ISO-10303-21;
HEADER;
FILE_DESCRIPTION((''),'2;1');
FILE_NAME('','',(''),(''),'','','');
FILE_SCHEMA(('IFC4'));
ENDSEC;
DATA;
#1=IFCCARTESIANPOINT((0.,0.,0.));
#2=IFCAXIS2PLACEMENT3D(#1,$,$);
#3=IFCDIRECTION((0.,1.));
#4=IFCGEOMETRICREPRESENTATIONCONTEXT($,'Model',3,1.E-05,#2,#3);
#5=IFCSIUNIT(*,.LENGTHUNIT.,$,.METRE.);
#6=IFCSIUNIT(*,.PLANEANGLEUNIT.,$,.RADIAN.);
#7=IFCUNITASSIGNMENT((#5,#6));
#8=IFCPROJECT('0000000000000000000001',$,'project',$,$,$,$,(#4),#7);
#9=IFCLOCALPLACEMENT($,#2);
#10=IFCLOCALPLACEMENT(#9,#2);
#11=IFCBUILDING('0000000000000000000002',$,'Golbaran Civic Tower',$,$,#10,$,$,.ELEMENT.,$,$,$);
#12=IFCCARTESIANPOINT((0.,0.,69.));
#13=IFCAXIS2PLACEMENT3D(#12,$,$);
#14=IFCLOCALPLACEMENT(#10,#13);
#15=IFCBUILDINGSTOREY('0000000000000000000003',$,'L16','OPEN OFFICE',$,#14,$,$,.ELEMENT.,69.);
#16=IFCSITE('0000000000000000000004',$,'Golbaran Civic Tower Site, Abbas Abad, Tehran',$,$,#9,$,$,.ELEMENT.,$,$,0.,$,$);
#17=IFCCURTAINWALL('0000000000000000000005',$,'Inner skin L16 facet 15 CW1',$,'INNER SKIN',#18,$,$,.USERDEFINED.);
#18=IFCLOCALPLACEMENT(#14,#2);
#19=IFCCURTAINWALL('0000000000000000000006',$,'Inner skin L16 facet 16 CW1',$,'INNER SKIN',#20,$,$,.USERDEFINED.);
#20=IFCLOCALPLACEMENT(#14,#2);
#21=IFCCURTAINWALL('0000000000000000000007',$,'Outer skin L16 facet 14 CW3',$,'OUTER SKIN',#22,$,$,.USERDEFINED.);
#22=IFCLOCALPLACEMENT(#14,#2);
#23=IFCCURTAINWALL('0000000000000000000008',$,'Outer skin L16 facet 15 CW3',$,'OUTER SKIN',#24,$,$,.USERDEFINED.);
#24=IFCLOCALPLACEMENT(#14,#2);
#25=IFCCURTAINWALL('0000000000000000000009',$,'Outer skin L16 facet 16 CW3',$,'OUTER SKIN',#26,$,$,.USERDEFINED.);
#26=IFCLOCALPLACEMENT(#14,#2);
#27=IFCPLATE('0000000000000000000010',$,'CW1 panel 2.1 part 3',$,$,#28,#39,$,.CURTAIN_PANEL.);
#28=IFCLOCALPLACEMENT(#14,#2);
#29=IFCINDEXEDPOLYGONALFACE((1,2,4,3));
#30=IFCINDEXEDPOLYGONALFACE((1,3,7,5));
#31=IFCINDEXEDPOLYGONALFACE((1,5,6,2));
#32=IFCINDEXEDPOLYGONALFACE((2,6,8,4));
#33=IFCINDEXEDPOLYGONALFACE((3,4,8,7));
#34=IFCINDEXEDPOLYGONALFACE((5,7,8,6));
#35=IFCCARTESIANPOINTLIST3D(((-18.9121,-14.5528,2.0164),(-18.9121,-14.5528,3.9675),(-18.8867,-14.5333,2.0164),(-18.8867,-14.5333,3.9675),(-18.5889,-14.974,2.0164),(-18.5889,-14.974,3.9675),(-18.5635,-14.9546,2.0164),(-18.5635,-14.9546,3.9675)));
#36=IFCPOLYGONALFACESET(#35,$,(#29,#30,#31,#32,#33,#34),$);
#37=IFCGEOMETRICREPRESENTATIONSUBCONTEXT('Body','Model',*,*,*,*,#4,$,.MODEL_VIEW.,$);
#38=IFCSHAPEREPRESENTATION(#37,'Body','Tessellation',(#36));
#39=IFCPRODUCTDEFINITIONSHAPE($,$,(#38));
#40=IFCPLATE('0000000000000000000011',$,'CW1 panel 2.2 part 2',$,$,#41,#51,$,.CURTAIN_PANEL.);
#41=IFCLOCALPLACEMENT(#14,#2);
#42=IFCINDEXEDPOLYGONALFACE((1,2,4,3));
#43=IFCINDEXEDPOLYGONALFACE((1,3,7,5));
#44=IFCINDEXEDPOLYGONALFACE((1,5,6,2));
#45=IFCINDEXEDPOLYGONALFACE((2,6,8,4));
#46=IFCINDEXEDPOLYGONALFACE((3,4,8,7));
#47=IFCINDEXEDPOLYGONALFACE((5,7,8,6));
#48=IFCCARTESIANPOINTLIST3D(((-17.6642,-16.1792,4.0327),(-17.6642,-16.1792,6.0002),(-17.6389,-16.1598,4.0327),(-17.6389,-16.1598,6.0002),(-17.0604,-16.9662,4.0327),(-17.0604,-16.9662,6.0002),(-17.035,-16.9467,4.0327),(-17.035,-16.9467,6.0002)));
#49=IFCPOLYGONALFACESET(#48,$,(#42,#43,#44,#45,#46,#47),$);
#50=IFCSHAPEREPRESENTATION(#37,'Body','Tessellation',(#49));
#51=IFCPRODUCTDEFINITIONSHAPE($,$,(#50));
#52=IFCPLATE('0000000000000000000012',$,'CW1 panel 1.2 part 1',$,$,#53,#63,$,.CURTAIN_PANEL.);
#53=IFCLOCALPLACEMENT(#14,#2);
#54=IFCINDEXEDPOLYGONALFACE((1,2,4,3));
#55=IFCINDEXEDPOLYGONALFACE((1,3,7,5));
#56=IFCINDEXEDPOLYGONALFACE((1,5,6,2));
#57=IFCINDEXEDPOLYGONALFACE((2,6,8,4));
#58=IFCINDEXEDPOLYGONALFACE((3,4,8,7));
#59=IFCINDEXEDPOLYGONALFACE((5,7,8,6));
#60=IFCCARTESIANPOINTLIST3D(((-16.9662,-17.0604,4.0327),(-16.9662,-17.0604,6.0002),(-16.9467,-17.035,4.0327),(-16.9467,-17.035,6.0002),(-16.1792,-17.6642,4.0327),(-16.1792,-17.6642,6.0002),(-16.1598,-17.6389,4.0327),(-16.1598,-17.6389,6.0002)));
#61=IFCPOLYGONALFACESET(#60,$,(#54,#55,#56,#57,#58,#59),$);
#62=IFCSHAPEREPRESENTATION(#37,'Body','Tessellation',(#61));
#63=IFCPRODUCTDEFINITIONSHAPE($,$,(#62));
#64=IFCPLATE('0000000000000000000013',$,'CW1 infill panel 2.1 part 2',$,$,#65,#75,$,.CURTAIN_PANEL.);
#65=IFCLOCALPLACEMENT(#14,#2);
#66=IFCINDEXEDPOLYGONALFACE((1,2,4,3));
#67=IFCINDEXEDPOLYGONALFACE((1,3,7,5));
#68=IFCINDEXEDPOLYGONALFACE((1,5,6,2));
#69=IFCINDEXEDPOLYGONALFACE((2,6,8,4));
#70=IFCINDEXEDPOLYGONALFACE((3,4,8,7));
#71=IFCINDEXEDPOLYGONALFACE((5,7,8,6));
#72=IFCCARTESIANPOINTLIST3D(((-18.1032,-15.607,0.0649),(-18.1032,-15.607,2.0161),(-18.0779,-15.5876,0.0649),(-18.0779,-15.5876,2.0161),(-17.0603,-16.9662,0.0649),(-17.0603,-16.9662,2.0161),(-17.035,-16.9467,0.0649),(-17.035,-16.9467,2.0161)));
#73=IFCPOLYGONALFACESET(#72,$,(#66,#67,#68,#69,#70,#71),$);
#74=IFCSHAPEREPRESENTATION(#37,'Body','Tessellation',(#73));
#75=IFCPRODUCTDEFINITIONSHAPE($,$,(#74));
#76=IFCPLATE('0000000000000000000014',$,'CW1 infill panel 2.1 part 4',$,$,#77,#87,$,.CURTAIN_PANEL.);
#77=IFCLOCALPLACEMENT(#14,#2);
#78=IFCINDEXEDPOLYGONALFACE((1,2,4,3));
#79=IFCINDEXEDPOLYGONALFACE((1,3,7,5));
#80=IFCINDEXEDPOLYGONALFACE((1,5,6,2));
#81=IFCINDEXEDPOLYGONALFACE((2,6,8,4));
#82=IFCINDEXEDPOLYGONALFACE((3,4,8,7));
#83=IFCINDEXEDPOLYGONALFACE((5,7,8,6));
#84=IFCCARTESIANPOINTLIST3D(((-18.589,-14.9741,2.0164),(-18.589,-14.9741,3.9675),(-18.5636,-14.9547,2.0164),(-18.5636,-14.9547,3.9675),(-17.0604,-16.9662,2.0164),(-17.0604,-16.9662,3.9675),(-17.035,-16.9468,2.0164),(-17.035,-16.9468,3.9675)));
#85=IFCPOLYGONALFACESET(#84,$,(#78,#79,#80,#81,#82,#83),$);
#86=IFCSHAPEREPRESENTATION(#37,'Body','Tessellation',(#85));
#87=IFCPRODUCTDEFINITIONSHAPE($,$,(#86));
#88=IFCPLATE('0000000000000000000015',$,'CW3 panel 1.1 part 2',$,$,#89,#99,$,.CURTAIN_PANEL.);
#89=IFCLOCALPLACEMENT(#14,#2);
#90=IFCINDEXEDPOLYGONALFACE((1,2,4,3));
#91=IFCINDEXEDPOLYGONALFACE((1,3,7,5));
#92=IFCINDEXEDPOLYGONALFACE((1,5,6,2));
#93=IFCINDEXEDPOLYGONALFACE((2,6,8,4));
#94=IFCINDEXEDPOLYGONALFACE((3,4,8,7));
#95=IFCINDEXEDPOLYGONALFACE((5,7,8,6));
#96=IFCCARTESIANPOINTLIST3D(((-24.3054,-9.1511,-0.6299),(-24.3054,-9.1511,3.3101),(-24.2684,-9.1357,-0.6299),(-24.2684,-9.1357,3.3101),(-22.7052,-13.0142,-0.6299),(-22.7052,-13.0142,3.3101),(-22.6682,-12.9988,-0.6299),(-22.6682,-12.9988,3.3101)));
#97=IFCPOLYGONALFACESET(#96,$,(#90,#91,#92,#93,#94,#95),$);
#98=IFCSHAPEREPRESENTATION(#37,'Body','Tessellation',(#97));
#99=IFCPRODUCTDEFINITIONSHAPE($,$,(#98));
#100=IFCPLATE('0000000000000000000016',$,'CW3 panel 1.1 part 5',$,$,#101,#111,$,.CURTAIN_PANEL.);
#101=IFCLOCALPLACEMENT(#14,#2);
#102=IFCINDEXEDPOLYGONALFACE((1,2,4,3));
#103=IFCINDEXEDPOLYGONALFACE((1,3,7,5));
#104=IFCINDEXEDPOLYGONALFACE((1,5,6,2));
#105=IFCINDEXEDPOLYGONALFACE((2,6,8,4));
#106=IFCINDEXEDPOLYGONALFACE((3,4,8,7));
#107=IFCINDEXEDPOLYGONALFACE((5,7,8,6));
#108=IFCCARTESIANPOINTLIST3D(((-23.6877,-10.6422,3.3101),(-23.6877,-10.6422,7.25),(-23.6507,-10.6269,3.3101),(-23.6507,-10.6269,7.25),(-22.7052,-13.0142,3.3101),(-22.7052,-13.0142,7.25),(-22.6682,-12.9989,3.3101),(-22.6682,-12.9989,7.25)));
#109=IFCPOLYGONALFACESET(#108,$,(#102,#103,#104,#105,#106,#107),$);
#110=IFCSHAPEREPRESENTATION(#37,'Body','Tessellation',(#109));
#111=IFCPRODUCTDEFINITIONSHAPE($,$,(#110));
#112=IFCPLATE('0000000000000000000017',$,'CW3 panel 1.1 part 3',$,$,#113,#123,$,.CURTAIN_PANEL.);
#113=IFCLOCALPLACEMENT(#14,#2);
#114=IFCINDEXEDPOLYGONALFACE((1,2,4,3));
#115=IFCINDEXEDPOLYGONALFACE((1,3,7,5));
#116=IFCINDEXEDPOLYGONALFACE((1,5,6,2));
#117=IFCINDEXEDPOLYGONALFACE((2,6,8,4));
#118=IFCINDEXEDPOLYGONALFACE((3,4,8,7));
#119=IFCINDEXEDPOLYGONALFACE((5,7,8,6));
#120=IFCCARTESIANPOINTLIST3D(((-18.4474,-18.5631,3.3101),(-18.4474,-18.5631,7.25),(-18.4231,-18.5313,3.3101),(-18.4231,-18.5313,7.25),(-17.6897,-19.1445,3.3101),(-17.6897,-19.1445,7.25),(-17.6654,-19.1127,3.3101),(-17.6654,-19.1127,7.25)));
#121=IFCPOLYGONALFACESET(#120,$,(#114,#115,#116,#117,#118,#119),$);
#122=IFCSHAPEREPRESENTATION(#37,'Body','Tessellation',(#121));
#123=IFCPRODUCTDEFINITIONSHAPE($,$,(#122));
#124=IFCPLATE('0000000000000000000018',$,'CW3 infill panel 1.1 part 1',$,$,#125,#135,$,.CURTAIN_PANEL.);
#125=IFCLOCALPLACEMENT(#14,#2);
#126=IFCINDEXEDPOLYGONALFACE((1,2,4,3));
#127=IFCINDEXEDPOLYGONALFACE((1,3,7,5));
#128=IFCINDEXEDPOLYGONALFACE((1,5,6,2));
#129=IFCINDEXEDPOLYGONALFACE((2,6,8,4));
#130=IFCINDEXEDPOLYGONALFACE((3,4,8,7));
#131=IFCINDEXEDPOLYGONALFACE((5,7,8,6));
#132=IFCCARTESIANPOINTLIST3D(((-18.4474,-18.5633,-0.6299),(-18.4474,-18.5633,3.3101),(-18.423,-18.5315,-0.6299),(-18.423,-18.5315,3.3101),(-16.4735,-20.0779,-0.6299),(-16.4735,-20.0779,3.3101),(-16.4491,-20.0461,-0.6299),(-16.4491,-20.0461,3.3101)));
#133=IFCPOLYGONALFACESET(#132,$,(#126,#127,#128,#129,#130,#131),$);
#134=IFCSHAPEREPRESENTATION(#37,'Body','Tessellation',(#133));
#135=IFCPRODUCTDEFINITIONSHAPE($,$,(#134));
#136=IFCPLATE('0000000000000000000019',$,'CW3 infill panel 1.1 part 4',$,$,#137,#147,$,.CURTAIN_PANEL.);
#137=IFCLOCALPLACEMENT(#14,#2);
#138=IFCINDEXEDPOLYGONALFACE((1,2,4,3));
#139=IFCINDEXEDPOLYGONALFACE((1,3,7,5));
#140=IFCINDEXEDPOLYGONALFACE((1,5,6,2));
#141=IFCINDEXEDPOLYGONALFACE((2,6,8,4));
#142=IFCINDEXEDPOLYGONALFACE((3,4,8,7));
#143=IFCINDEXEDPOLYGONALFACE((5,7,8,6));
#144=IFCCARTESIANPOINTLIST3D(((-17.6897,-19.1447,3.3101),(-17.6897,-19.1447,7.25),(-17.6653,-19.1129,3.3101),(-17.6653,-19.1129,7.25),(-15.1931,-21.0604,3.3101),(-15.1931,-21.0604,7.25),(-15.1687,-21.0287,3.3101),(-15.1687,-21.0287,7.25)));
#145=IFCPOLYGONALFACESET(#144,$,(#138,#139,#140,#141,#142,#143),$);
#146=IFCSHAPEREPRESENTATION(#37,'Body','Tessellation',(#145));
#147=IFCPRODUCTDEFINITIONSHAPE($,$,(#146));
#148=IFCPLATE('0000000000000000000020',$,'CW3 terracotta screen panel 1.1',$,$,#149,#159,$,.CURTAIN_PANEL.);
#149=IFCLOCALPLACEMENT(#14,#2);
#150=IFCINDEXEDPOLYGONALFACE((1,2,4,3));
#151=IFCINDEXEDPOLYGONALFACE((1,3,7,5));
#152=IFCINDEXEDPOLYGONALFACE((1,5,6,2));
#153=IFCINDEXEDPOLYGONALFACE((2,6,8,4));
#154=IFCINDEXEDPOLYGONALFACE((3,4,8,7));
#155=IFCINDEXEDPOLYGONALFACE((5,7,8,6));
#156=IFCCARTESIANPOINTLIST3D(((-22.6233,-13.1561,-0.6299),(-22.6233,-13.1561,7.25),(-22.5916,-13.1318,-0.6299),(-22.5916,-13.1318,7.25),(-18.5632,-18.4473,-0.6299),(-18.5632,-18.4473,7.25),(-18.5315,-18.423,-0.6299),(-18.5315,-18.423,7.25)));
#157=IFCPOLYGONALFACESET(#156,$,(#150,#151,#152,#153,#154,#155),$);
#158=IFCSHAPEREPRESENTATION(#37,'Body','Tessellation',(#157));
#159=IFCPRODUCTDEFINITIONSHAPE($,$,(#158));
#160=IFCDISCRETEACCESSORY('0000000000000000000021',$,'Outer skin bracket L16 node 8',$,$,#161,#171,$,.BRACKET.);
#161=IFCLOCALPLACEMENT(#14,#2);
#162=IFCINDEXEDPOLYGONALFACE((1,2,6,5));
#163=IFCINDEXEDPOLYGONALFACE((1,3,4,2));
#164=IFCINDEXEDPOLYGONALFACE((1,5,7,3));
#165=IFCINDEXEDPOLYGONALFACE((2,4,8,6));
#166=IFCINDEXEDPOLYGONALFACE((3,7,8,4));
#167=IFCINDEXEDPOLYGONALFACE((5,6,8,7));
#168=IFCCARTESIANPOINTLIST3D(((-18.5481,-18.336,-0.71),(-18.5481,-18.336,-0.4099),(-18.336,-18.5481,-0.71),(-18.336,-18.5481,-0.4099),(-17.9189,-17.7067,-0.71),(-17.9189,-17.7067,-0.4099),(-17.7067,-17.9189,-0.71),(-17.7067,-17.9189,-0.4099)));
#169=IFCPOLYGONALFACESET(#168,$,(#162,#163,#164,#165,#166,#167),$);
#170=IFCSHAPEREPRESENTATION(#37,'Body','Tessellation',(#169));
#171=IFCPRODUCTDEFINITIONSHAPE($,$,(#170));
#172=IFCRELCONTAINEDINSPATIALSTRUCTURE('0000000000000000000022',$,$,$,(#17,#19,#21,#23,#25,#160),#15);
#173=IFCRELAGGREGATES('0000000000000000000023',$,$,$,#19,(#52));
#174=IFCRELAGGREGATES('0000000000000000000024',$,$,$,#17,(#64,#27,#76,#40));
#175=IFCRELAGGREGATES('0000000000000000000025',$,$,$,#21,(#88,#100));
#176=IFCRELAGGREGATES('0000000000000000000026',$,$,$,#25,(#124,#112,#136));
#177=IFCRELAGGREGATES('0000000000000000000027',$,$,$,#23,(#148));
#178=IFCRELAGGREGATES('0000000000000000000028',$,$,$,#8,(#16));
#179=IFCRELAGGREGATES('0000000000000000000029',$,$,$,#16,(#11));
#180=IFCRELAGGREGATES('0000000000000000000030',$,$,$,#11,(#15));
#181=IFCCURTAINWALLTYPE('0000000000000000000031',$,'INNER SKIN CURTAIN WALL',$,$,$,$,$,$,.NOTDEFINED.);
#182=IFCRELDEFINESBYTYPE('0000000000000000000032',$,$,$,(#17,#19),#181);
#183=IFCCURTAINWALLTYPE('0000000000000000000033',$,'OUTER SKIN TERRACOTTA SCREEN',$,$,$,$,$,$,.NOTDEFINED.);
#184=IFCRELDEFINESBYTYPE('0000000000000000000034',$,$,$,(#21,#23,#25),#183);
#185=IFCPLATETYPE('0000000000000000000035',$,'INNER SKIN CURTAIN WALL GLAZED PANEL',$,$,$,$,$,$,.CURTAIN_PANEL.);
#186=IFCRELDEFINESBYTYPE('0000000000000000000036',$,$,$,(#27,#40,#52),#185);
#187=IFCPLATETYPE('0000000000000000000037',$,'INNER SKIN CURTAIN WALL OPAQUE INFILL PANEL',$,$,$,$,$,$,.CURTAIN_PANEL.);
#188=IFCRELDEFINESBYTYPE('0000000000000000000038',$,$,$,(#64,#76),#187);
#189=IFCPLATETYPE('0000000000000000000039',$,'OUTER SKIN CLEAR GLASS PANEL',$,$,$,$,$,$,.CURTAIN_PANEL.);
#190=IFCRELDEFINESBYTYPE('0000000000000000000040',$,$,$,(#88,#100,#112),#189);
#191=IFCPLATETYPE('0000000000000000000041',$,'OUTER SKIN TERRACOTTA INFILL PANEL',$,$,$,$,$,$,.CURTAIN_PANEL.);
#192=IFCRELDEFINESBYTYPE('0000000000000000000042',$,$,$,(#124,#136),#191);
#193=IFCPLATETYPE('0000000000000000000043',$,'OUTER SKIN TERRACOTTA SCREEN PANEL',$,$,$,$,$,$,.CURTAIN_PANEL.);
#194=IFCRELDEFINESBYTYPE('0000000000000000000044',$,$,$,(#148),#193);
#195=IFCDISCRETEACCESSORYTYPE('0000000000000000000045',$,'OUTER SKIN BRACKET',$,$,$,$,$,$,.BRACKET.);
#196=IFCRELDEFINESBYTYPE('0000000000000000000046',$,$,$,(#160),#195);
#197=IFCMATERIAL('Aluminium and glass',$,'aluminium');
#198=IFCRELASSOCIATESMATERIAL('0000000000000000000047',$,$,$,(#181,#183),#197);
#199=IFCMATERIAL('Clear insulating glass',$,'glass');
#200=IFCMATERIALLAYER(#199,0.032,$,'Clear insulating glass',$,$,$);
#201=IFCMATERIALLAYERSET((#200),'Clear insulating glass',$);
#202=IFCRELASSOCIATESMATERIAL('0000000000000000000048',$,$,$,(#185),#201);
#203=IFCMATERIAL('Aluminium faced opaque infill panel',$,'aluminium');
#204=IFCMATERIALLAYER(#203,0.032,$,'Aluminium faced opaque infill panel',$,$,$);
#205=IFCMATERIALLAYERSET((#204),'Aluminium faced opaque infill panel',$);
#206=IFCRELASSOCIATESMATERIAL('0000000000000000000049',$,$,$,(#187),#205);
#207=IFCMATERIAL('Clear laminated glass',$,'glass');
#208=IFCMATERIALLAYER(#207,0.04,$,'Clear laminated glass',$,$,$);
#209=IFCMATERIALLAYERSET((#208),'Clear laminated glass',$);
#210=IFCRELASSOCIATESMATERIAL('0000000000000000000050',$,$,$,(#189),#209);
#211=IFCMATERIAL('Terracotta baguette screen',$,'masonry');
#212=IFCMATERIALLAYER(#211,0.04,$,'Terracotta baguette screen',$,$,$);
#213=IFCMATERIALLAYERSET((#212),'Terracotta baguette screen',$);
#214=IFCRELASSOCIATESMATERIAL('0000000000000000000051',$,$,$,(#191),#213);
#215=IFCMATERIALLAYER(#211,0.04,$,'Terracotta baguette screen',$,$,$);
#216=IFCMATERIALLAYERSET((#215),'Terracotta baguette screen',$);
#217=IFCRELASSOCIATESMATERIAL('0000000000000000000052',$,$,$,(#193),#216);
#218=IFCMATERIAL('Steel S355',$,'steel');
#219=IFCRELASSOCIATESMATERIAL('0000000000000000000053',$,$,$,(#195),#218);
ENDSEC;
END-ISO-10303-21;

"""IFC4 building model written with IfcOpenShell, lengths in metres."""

from ifc_helpers import new_model, si_unit, direction, frame, origin, origin_2d, place, context, subcontext, project, spatial, rectangle, extrude, material, layer, layer_set, type_object, element, aggregate, save


model = new_model("IFC4")

# Units and contexts
model_context = context("Model", 3, precision=1e-05, world=origin(), true_north=direction((0.0, 1.0)))
body_context = subcontext(model_context, "Body", "Model", "MODEL_VIEW")
ifc_project = project(units=[si_unit("LENGTHUNIT", "METRE"), si_unit("PLANEANGLEUNIT", "RADIAN")], contexts=[model_context])

# Site, building, storey
site_placement = place(None, origin())
site = spatial("IfcSite", under=ifc_project, at=site_placement, Name="Golbaran Civic Tower Site, Abbas Abad, Tehran", CompositionType="ELEMENT", RefElevation=0.0)
building_placement = place(site_placement, origin())
building = spatial("IfcBuilding", under=site, at=building_placement, Name="Golbaran Civic Tower", CompositionType="ELEMENT")
storey_placement = place(building_placement, frame((0.0, 0.0, 69.0)))
storey = spatial("IfcBuildingStorey", under=building, at=storey_placement, Name="L16", Description="OPEN OFFICE", CompositionType="ELEMENT", Elevation=69.0)

# Shared definitions
ifc_material_1 = material(Name="Steel S355", Category="steel")

# Shared definitions
ifc_material_2 = material(Name="Aluminium and glass", Category="aluminium")
curtain_wall_type_1 = type_object("IfcCurtainWallType", Name="INNER SKIN CURTAIN WALL", PredefinedType="NOTDEFINED", material=ifc_material_2)

# Curtain wall
curtain_wall_1_placement = place(storey_placement, origin())
curtain_wall_1 = element("IfcCurtainWall", 1, at=curtain_wall_1_placement, inside=storey, type_object=curtain_wall_type_1, Name="Inner skin L16 facet 15 CW1", ObjectType="INNER SKIN", PredefinedType="USERDEFINED")

# Curtain wall
curtain_wall_2_placement = place(storey_placement, origin())
curtain_wall_2 = element("IfcCurtainWall", 2, at=curtain_wall_2_placement, inside=storey, type_object=curtain_wall_type_1, Name="Inner skin L16 facet 16 CW1", ObjectType="INNER SKIN", PredefinedType="USERDEFINED")

# Curtain wall
curtain_wall_type_2 = type_object("IfcCurtainWallType", Name="OUTER SKIN TERRACOTTA SCREEN", PredefinedType="NOTDEFINED", material=ifc_material_2)
curtain_wall_3_placement = place(storey_placement, origin())
curtain_wall_3 = element("IfcCurtainWall", 3, at=curtain_wall_3_placement, inside=storey, type_object=curtain_wall_type_2, Name="Outer skin L16 facet 14 CW3", ObjectType="OUTER SKIN", PredefinedType="USERDEFINED")

# Curtain wall
curtain_wall_4_placement = place(storey_placement, origin())
curtain_wall_4 = element("IfcCurtainWall", 4, at=curtain_wall_4_placement, inside=storey, type_object=curtain_wall_type_2, Name="Outer skin L16 facet 15 CW3", ObjectType="OUTER SKIN", PredefinedType="USERDEFINED")

# Curtain wall
curtain_wall_5_placement = place(storey_placement, origin())
curtain_wall_5 = element("IfcCurtainWall", 5, at=curtain_wall_5_placement, inside=storey, type_object=curtain_wall_type_2, Name="Outer skin L16 facet 16 CW3", ObjectType="OUTER SKIN", PredefinedType="USERDEFINED")

# Plates
ifc_material_3 = material(Name="Clear insulating glass", Category="glass")
ifc_layer_1 = layer(ifc_material_3, 0.032, Name="Clear insulating glass")
ifc_layer_set_1 = layer_set([ifc_layer_1], Name="Clear insulating glass")
plate_type_1 = type_object("IfcPlateType", Name="INNER SKIN CURTAIN WALL GLAZED PANEL", PredefinedType="CURTAIN_PANEL", material=ifc_layer_set_1)
plate_1_placement = place(storey_placement, frame((-18.7378, -14.7537, 2.0164), z_axis=(0.0, 0.0, 1.0), x_axis=(0.608761, -0.793353, 0.0)))
plate_1 = element("IfcPlate", 6, at=plate_1_placement, type_object=plate_type_1, Name="CW1 panel 2.1 part 3", PredefinedType="CURTAIN_PANEL", context=body_context, shape_type="SweptSolid", body=[
    extrude(rectangle(XDim=0.531, YDim=0.032, at=origin_2d()), origin(), (0.0, 0.0, 1.0), 1.9512),
])
plate_2_placement = place(storey_placement, frame((-17.3496, -16.563, 4.0327), z_axis=(0.0, 0.0, 1.0), x_axis=(0.608761, -0.793353, 0.0)))
plate_2 = element("IfcPlate", 7, at=plate_2_placement, type_object=plate_type_1, Name="CW1 panel 2.2 part 2", PredefinedType="CURTAIN_PANEL", context=body_context, shape_type="SweptSolid", body=[
    extrude(rectangle(XDim=0.9919, YDim=0.032, at=origin_2d()), origin(), (0.0, 0.0, 1.0), 1.9675),
])
plate_3_placement = place(storey_placement, frame((-16.563, -17.3496, 4.0327), z_axis=(0.0, 0.0, 1.0), x_axis=(0.793353, -0.608761, 0.0)))
plate_3 = element("IfcPlate", 8, at=plate_3_placement, type_object=plate_type_1, Name="CW1 panel 1.2 part 1", PredefinedType="CURTAIN_PANEL", context=body_context, shape_type="SweptSolid", body=[
    extrude(rectangle(XDim=0.9919, YDim=0.032, at=origin_2d()), origin(), (0.0, 0.0, 1.0), 1.9675),
])
aggregate(curtain_wall_2, [plate_3])
ifc_material_4 = material(Name="Aluminium faced opaque infill panel", Category="aluminium")
ifc_layer_2 = layer(ifc_material_4, 0.032, Name="Aluminium faced opaque infill panel")
ifc_layer_set_2 = layer_set([ifc_layer_2], Name="Aluminium faced opaque infill panel")
plate_type_2 = type_object("IfcPlateType", Name="INNER SKIN CURTAIN WALL OPAQUE INFILL PANEL", PredefinedType="CURTAIN_PANEL", material=ifc_layer_set_2)
plate_4_placement = place(storey_placement, frame((-17.5691, -16.2769, 0.0649), z_axis=(0.0, 0.0, 1.0), x_axis=(0.608761, -0.793353, 0.0)))
plate_4 = element("IfcPlate", 9, at=plate_4_placement, type_object=plate_type_2, Name="CW1 infill panel 2.1 part 2", PredefinedType="CURTAIN_PANEL", context=body_context, shape_type="SweptSolid", body=[
    extrude(rectangle(XDim=1.7131, YDim=0.032, at=origin_2d()), origin(), (0.0, 0.0, 1.0), 1.9512),
])
plate_5_placement = place(storey_placement, frame((-17.812, -15.9604, 2.0164), z_axis=(0.0, 0.0, 1.0), x_axis=(0.608761, -0.793353, 0.0)))
plate_5 = element("IfcPlate", 10, at=plate_5_placement, type_object=plate_type_2, Name="CW1 infill panel 2.1 part 4", PredefinedType="CURTAIN_PANEL", context=body_context, shape_type="SweptSolid", body=[
    extrude(rectangle(XDim=2.511, YDim=0.032, at=origin_2d()), origin(), (0.0, 0.0, 1.0), 1.9512),
])
aggregate(curtain_wall_1, [plate_4, plate_1, plate_5, plate_2])
ifc_material_5 = material(Name="Clear laminated glass", Category="glass")
ifc_layer_3 = layer(ifc_material_5, 0.04, Name="Clear laminated glass")
ifc_layer_set_3 = layer_set([ifc_layer_3], Name="Clear laminated glass")
plate_type_3 = type_object("IfcPlateType", Name="OUTER SKIN CLEAR GLASS PANEL", PredefinedType="CURTAIN_PANEL", material=ifc_layer_set_3)
plate_6_placement = place(storey_placement, frame((-23.4868, -11.075, -0.6299), z_axis=(0.0, 0.0, 1.0), x_axis=(0.382683, -0.92388, 0.0)))
plate_6 = element("IfcPlate", 11, at=plate_6_placement, type_object=plate_type_3, Name="CW3 panel 1.1 part 2", PredefinedType="CURTAIN_PANEL", context=body_context, shape_type="SweptSolid", body=[
    extrude(rectangle(XDim=4.1814, YDim=0.04, at=origin_2d()), origin(), (0.0, 0.0, 1.0), 3.9399),
])
plate_7_placement = place(storey_placement, frame((-23.178, -11.8206, 3.3101), z_axis=(0.0, 0.0, 1.0), x_axis=(0.382683, -0.92388, 0.0)))
plate_7 = element("IfcPlate", 12, at=plate_7_placement, type_object=plate_type_3, Name="CW3 panel 1.1 part 5", PredefinedType="CURTAIN_PANEL", context=body_context, shape_type="SweptSolid", body=[
    extrude(rectangle(XDim=2.5674, YDim=0.04, at=origin_2d()), origin(), (0.0, 0.0, 1.0), 3.9399),
])
aggregate(curtain_wall_3, [plate_6, plate_7])
plate_8_placement = place(storey_placement, frame((-18.0564, -18.8379, 3.3101), z_axis=(0.0, 0.0, 1.0), x_axis=(0.793353, -0.608761, 0.0)))
plate_8 = element("IfcPlate", 13, at=plate_8_placement, type_object=plate_type_3, Name="CW3 panel 1.1 part 3", PredefinedType="CURTAIN_PANEL", context=body_context, shape_type="SweptSolid", body=[
    extrude(rectangle(XDim=0.9551, YDim=0.04, at=origin_2d()), origin(), (0.0, 0.0, 1.0), 3.9399),
])
ifc_material_6 = material(Name="Terracotta baguette screen", Category="masonry")
ifc_layer_4 = layer(ifc_material_6, 0.04, Name="Terracotta baguette screen")
ifc_layer_set_4 = layer_set([ifc_layer_4], Name="Terracotta baguette screen")
plate_type_4 = type_object("IfcPlateType", Name="OUTER SKIN TERRACOTTA INFILL PANEL", PredefinedType="CURTAIN_PANEL", material=ifc_layer_set_4)
plate_9_placement = place(storey_placement, frame((-17.4482, -19.3047, -0.6299), z_axis=(0.0, 0.0, 1.0), x_axis=(0.793353, -0.608761, 0.0)))
plate_9 = element("IfcPlate", 14, at=plate_9_placement, type_object=plate_type_4, Name="CW3 infill panel 1.1 part 1", PredefinedType="CURTAIN_PANEL", context=body_context, shape_type="SweptSolid", body=[
    extrude(rectangle(XDim=2.488, YDim=0.04, at=origin_2d()), origin(), (0.0, 0.0, 1.0), 3.9399),
])
plate_10_placement = place(storey_placement, frame((-16.4292, -20.0867, 3.3101), z_axis=(0.0, 0.0, 1.0), x_axis=(0.793353, -0.608761, 0.0)))
plate_10 = element("IfcPlate", 15, at=plate_10_placement, type_object=plate_type_4, Name="CW3 infill panel 1.1 part 4", PredefinedType="CURTAIN_PANEL", context=body_context, shape_type="SweptSolid", body=[
    extrude(rectangle(XDim=3.147, YDim=0.04, at=origin_2d()), origin(), (0.0, 0.0, 1.0), 3.9399),
])
aggregate(curtain_wall_5, [plate_9, plate_8, plate_10])
ifc_layer_5 = layer(ifc_material_6, 0.04, Name="Terracotta baguette screen")
ifc_layer_set_5 = layer_set([ifc_layer_5], Name="Terracotta baguette screen")
plate_type_5 = type_object("IfcPlateType", Name="OUTER SKIN TERRACOTTA SCREEN PANEL", PredefinedType="CURTAIN_PANEL", material=ifc_layer_set_5)
plate_11_placement = place(storey_placement, frame((-20.5774, -15.7896, -0.6299), z_axis=(0.0, 0.0, 1.0), x_axis=(0.608761, -0.793353, 0.0)))
plate_11 = element("IfcPlate", 16, at=plate_11_placement, type_object=plate_type_5, Name="CW3 terracotta screen panel 1.1", PredefinedType="CURTAIN_PANEL", context=body_context, shape_type="SweptSolid", body=[
    extrude(rectangle(XDim=6.6694, YDim=0.04, at=origin_2d()), origin(), (0.0, 0.0, 1.0), 7.8799),
])
aggregate(curtain_wall_4, [plate_11])

# Discrete accessory
discrete_accessory_type = type_object("IfcDiscreteAccessoryType", Name="OUTER SKIN BRACKET", PredefinedType="BRACKET", material=ifc_material_1)
discrete_accessory_placement = place(storey_placement, frame((-18.1274, -18.1274, -0.71), z_axis=(0.0, 0.0, 1.0), x_axis=(-0.707107, -0.707107, 0.0)))
element("IfcDiscreteAccessory", 17, at=discrete_accessory_placement, inside=storey, type_object=discrete_accessory_type, Name="Outer skin bracket L16 node 8", PredefinedType="BRACKET", context=body_context, shape_type="SweptSolid", body=[
    extrude(rectangle(XDim=0.8899, YDim=0.3, at=origin_2d()), origin(), (0.0, 0.0, 1.0), 0.3),
])

save(model, "model.ifc")
